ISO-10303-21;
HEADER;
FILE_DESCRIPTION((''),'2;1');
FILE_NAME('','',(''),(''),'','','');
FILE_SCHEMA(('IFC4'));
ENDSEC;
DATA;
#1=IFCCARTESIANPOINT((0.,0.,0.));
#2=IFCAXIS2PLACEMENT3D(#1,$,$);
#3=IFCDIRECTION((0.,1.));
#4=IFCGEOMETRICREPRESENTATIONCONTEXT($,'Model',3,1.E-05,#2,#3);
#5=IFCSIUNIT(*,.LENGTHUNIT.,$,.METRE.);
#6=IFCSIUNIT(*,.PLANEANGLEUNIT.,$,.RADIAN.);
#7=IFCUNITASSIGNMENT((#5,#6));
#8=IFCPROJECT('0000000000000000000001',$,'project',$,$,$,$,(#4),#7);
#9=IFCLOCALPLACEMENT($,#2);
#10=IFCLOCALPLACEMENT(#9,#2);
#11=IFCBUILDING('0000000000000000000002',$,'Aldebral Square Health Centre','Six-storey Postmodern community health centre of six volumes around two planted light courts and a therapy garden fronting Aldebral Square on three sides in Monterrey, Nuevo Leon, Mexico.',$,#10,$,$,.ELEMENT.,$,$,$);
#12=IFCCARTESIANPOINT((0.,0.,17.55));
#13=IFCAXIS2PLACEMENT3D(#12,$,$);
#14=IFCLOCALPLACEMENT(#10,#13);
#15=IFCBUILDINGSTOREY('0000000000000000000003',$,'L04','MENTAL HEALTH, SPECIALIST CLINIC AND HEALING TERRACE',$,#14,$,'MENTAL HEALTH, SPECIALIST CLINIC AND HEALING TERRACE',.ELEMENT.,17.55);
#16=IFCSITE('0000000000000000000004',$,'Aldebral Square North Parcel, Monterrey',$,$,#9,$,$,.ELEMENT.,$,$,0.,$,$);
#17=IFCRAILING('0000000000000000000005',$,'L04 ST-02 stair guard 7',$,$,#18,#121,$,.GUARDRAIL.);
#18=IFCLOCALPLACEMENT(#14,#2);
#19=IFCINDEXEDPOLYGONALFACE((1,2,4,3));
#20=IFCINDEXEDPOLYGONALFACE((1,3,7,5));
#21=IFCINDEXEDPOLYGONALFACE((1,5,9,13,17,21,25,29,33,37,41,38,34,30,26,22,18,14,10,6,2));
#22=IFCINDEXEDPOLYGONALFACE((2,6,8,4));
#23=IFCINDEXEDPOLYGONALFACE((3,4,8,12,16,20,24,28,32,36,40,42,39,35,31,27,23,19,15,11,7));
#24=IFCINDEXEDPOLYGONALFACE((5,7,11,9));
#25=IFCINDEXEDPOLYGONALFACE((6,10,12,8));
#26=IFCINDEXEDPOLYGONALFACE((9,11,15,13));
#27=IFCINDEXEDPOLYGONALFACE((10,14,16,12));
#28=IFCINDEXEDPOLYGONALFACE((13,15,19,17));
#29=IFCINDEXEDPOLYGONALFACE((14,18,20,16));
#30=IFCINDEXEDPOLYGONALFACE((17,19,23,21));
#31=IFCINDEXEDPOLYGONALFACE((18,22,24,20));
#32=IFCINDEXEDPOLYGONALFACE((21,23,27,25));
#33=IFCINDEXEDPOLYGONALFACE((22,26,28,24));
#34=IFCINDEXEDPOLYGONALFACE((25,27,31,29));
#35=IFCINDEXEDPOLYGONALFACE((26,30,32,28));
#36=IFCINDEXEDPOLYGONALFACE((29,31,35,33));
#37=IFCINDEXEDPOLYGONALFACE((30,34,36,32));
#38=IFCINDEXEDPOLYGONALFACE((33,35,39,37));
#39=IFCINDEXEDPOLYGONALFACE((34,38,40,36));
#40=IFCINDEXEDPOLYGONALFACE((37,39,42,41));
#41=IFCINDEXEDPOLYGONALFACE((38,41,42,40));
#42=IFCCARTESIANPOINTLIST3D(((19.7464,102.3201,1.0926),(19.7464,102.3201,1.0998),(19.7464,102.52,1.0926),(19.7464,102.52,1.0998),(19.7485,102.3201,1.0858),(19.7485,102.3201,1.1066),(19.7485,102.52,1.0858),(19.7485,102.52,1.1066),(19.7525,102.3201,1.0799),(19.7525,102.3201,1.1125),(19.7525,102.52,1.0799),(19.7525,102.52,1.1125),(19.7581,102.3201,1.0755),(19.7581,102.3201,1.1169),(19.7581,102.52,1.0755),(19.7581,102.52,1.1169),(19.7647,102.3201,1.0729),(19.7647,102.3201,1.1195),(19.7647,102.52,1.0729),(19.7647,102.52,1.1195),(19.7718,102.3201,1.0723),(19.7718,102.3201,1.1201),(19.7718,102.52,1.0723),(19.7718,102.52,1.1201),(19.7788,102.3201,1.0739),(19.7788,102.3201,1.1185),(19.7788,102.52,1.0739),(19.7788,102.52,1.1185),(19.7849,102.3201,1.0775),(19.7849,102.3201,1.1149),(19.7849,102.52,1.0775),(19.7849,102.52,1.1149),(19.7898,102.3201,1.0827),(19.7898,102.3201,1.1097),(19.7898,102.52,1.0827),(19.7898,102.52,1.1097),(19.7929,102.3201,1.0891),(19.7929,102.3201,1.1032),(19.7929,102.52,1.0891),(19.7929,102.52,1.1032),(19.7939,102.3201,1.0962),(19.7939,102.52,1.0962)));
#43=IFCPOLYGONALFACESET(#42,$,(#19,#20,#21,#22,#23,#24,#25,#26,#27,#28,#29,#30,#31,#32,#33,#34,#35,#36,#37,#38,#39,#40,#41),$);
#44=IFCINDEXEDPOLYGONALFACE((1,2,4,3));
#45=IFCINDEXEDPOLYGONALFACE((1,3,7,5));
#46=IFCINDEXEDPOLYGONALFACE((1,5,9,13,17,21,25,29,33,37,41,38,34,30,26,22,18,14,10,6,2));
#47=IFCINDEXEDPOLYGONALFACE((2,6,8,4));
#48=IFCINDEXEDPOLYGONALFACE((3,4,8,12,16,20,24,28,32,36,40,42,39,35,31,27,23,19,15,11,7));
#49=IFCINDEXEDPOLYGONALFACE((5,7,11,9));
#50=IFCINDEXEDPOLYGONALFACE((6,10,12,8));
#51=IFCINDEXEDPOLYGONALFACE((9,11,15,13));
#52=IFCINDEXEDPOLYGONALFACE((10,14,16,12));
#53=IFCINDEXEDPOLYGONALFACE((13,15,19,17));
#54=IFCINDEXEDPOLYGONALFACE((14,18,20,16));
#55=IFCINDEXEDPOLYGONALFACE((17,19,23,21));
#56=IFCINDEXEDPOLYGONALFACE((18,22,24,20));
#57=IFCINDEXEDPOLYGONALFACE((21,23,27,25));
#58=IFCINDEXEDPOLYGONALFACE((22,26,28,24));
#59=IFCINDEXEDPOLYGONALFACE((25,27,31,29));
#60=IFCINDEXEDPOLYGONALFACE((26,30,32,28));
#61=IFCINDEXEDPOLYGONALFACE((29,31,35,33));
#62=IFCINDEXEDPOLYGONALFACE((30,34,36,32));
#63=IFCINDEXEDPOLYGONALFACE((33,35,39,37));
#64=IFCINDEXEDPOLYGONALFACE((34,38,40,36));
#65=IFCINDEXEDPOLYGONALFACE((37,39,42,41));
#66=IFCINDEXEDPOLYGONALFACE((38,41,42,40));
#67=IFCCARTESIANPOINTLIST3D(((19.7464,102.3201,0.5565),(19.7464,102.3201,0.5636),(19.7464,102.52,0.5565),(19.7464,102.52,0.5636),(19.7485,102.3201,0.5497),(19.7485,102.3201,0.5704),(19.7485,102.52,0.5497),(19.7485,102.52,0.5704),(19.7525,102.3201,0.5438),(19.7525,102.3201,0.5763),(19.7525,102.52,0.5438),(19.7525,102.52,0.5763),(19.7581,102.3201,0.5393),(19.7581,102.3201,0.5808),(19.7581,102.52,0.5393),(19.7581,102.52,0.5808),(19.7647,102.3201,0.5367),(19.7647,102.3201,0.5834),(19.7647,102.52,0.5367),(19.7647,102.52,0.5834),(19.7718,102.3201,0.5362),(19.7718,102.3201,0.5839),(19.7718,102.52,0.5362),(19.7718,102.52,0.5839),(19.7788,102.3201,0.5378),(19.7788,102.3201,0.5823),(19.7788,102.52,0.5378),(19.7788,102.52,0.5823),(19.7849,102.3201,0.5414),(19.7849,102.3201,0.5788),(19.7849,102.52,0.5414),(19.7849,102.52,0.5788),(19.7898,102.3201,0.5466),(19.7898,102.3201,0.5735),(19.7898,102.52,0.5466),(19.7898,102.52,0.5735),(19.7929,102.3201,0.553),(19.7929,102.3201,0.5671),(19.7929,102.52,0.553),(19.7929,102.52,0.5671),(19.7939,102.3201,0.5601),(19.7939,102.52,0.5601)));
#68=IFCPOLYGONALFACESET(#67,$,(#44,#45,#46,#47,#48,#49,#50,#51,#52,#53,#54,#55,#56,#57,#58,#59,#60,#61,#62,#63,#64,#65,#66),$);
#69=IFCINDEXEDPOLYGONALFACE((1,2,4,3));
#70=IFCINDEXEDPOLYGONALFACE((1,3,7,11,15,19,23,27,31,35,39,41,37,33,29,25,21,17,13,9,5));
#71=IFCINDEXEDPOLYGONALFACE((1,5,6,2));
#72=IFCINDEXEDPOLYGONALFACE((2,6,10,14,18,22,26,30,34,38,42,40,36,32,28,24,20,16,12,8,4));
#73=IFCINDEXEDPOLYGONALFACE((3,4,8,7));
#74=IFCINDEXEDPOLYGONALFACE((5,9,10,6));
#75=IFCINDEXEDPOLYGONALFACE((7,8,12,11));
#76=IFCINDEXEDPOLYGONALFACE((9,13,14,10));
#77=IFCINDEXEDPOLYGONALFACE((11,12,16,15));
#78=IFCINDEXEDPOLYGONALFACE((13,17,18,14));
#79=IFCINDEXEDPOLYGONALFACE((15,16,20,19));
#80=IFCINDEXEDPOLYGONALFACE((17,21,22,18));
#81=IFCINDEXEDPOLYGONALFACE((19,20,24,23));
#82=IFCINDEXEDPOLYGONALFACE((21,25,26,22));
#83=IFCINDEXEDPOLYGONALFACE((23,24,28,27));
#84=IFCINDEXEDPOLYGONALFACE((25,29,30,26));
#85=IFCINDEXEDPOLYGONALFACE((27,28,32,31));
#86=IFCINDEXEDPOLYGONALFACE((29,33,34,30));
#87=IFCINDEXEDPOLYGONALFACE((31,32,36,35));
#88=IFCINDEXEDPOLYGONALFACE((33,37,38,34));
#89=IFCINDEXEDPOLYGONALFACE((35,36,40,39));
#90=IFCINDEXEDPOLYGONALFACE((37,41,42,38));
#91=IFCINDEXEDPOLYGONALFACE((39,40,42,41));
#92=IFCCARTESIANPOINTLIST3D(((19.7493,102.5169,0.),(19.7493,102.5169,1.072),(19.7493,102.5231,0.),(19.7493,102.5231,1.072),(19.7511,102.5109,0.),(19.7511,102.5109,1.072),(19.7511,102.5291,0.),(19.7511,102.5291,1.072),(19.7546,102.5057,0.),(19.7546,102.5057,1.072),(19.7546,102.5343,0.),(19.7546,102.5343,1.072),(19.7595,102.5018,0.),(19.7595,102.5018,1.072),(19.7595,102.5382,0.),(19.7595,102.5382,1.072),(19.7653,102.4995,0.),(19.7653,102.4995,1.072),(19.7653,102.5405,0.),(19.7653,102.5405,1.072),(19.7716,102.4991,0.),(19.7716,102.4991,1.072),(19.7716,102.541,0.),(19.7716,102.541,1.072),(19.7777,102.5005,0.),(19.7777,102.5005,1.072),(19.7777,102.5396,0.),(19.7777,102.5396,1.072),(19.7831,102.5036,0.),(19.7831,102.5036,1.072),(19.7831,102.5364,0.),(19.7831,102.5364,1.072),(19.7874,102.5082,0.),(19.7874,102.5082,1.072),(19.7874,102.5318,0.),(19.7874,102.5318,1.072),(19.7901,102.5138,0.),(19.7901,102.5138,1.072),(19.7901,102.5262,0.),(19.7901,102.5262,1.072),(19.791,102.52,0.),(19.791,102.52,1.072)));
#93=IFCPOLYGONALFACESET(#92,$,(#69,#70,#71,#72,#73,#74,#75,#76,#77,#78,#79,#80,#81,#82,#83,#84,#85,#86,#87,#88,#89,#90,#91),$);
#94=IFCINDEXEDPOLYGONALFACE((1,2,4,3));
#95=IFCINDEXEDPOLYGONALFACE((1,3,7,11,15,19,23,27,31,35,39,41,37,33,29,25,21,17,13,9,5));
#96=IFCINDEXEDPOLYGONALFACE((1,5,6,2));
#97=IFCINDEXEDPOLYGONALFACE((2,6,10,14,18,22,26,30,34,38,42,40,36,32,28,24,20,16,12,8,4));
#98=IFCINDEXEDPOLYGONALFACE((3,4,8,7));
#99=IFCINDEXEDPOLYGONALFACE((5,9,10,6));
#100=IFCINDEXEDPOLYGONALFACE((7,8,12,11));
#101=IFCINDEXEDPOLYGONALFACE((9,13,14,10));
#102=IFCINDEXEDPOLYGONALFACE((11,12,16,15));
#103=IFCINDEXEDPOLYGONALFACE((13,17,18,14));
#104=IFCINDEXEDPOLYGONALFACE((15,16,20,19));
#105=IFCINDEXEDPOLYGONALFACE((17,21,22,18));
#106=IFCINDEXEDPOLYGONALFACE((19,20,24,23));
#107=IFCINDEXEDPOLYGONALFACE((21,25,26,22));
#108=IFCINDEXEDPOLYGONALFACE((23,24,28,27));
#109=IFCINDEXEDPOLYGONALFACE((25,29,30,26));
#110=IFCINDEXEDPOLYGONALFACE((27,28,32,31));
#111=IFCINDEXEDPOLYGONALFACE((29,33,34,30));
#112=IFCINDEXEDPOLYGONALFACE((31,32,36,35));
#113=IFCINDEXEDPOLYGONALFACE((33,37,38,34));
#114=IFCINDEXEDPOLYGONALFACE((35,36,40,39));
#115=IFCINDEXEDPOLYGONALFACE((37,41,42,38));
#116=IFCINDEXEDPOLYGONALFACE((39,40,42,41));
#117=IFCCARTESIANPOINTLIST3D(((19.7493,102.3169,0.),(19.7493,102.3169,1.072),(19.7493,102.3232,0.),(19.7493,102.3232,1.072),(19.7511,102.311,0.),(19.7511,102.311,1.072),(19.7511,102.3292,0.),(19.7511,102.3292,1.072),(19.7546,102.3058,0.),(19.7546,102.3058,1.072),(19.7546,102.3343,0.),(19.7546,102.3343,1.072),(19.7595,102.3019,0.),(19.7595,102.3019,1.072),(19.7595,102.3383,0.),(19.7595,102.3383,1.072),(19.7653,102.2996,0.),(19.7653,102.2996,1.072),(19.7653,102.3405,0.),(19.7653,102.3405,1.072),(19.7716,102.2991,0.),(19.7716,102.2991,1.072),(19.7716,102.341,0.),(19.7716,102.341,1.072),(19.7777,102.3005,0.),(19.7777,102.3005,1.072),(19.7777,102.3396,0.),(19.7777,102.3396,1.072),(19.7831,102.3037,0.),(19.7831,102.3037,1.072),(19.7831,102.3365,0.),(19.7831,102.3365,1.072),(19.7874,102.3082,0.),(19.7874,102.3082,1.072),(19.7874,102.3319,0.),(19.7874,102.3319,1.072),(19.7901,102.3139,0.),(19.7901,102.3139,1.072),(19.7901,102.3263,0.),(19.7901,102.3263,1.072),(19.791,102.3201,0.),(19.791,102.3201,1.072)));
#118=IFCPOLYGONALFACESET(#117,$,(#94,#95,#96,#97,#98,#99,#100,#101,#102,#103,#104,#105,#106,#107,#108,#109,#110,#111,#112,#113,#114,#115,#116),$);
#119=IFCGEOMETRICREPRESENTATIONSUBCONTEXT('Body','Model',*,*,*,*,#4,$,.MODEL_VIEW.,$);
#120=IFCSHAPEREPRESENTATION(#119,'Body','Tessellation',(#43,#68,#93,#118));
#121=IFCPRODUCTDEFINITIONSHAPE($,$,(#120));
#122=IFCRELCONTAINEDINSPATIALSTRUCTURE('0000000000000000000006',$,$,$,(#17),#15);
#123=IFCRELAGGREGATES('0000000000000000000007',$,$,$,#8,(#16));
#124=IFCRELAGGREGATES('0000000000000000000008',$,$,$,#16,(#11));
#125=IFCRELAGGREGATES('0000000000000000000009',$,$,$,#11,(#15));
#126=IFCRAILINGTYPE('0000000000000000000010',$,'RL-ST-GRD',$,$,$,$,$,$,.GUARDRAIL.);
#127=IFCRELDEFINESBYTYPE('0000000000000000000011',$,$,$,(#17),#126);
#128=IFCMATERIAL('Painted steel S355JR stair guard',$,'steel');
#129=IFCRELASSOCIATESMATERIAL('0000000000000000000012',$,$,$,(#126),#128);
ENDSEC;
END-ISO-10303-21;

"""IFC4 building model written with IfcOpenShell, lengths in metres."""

from ifc_helpers import new_model, si_unit, direction, frame, origin, origin_2d, place, context, subcontext, project, spatial, circle, extrude, material, type_object, element, save


model = new_model("IFC4")

# Units and contexts
model_context = context("Model", 3, precision=1e-05, world=origin(), true_north=direction((0.0, 1.0)))
body_context = subcontext(model_context, "Body", "Model", "MODEL_VIEW")
ifc_project = project(units=[si_unit("LENGTHUNIT", "METRE"), si_unit("PLANEANGLEUNIT", "RADIAN")], contexts=[model_context])

# Site, building, storey
site_placement = place(None, origin())
site = spatial("IfcSite", under=ifc_project, at=site_placement, Name="Aldebral Square North Parcel, Monterrey", CompositionType="ELEMENT", RefElevation=0.0)
building_placement = place(site_placement, origin())
building = spatial("IfcBuilding", under=site, at=building_placement, Name="Aldebral Square Health Centre", Description="Six-storey Postmodern community health centre of six volumes around two planted light courts and a therapy garden fronting Aldebral Square on three sides in Monterrey, Nuevo Leon, Mexico.", CompositionType="ELEMENT")
storey_placement = place(building_placement, frame((0.0, 0.0, 17.55)))
storey = spatial("IfcBuildingStorey", under=building, at=storey_placement, Name="L04", Description="MENTAL HEALTH, SPECIALIST CLINIC AND HEALING TERRACE", LongName="MENTAL HEALTH, SPECIALIST CLINIC AND HEALING TERRACE", CompositionType="ELEMENT", Elevation=17.55)

# Railing
ifc_material_1 = material(Name="Painted steel S355JR stair guard", Category="steel")
railing_type_1 = type_object("IfcRailingType", Name="RL-ST-GRD", PredefinedType="GUARDRAIL", material=ifc_material_1)
railing_1_placement = place(storey_placement, frame((19.77, 102.52, 0.0)))
element("IfcRailing", 1, at=railing_1_placement, inside=storey, type_object=railing_type_1, Name="L04 ST-02 stair guard 7", PredefinedType="GUARDRAIL", context=body_context, shape_type="SweptSolid", body=[
    extrude(circle(Radius=0.0239, at=origin_2d()), frame((0.0, 0.0, 1.0962), z_axis=(0.0, -1.0, 0.0), x_axis=(1.0, 0.0, 0.0)), (0.0, 0.0, 1.0), 0.2),
    extrude(circle(Radius=0.0239, at=origin_2d()), frame((0.0, 0.0, 0.5601), z_axis=(0.0, -1.0, 0.0), x_axis=(1.0, 0.0, 0.0)), (0.0, 0.0, 1.0), 0.2),
    extrude(circle(Radius=0.021, at=origin_2d()), origin(), (0.0, 0.0, 1.0), 1.072),
    extrude(circle(Radius=0.021, at=origin_2d()), frame((0.0, -0.2, 0.0)), (0.0, 0.0, 1.0), 1.072),
])

save(model, "model.ifc")
